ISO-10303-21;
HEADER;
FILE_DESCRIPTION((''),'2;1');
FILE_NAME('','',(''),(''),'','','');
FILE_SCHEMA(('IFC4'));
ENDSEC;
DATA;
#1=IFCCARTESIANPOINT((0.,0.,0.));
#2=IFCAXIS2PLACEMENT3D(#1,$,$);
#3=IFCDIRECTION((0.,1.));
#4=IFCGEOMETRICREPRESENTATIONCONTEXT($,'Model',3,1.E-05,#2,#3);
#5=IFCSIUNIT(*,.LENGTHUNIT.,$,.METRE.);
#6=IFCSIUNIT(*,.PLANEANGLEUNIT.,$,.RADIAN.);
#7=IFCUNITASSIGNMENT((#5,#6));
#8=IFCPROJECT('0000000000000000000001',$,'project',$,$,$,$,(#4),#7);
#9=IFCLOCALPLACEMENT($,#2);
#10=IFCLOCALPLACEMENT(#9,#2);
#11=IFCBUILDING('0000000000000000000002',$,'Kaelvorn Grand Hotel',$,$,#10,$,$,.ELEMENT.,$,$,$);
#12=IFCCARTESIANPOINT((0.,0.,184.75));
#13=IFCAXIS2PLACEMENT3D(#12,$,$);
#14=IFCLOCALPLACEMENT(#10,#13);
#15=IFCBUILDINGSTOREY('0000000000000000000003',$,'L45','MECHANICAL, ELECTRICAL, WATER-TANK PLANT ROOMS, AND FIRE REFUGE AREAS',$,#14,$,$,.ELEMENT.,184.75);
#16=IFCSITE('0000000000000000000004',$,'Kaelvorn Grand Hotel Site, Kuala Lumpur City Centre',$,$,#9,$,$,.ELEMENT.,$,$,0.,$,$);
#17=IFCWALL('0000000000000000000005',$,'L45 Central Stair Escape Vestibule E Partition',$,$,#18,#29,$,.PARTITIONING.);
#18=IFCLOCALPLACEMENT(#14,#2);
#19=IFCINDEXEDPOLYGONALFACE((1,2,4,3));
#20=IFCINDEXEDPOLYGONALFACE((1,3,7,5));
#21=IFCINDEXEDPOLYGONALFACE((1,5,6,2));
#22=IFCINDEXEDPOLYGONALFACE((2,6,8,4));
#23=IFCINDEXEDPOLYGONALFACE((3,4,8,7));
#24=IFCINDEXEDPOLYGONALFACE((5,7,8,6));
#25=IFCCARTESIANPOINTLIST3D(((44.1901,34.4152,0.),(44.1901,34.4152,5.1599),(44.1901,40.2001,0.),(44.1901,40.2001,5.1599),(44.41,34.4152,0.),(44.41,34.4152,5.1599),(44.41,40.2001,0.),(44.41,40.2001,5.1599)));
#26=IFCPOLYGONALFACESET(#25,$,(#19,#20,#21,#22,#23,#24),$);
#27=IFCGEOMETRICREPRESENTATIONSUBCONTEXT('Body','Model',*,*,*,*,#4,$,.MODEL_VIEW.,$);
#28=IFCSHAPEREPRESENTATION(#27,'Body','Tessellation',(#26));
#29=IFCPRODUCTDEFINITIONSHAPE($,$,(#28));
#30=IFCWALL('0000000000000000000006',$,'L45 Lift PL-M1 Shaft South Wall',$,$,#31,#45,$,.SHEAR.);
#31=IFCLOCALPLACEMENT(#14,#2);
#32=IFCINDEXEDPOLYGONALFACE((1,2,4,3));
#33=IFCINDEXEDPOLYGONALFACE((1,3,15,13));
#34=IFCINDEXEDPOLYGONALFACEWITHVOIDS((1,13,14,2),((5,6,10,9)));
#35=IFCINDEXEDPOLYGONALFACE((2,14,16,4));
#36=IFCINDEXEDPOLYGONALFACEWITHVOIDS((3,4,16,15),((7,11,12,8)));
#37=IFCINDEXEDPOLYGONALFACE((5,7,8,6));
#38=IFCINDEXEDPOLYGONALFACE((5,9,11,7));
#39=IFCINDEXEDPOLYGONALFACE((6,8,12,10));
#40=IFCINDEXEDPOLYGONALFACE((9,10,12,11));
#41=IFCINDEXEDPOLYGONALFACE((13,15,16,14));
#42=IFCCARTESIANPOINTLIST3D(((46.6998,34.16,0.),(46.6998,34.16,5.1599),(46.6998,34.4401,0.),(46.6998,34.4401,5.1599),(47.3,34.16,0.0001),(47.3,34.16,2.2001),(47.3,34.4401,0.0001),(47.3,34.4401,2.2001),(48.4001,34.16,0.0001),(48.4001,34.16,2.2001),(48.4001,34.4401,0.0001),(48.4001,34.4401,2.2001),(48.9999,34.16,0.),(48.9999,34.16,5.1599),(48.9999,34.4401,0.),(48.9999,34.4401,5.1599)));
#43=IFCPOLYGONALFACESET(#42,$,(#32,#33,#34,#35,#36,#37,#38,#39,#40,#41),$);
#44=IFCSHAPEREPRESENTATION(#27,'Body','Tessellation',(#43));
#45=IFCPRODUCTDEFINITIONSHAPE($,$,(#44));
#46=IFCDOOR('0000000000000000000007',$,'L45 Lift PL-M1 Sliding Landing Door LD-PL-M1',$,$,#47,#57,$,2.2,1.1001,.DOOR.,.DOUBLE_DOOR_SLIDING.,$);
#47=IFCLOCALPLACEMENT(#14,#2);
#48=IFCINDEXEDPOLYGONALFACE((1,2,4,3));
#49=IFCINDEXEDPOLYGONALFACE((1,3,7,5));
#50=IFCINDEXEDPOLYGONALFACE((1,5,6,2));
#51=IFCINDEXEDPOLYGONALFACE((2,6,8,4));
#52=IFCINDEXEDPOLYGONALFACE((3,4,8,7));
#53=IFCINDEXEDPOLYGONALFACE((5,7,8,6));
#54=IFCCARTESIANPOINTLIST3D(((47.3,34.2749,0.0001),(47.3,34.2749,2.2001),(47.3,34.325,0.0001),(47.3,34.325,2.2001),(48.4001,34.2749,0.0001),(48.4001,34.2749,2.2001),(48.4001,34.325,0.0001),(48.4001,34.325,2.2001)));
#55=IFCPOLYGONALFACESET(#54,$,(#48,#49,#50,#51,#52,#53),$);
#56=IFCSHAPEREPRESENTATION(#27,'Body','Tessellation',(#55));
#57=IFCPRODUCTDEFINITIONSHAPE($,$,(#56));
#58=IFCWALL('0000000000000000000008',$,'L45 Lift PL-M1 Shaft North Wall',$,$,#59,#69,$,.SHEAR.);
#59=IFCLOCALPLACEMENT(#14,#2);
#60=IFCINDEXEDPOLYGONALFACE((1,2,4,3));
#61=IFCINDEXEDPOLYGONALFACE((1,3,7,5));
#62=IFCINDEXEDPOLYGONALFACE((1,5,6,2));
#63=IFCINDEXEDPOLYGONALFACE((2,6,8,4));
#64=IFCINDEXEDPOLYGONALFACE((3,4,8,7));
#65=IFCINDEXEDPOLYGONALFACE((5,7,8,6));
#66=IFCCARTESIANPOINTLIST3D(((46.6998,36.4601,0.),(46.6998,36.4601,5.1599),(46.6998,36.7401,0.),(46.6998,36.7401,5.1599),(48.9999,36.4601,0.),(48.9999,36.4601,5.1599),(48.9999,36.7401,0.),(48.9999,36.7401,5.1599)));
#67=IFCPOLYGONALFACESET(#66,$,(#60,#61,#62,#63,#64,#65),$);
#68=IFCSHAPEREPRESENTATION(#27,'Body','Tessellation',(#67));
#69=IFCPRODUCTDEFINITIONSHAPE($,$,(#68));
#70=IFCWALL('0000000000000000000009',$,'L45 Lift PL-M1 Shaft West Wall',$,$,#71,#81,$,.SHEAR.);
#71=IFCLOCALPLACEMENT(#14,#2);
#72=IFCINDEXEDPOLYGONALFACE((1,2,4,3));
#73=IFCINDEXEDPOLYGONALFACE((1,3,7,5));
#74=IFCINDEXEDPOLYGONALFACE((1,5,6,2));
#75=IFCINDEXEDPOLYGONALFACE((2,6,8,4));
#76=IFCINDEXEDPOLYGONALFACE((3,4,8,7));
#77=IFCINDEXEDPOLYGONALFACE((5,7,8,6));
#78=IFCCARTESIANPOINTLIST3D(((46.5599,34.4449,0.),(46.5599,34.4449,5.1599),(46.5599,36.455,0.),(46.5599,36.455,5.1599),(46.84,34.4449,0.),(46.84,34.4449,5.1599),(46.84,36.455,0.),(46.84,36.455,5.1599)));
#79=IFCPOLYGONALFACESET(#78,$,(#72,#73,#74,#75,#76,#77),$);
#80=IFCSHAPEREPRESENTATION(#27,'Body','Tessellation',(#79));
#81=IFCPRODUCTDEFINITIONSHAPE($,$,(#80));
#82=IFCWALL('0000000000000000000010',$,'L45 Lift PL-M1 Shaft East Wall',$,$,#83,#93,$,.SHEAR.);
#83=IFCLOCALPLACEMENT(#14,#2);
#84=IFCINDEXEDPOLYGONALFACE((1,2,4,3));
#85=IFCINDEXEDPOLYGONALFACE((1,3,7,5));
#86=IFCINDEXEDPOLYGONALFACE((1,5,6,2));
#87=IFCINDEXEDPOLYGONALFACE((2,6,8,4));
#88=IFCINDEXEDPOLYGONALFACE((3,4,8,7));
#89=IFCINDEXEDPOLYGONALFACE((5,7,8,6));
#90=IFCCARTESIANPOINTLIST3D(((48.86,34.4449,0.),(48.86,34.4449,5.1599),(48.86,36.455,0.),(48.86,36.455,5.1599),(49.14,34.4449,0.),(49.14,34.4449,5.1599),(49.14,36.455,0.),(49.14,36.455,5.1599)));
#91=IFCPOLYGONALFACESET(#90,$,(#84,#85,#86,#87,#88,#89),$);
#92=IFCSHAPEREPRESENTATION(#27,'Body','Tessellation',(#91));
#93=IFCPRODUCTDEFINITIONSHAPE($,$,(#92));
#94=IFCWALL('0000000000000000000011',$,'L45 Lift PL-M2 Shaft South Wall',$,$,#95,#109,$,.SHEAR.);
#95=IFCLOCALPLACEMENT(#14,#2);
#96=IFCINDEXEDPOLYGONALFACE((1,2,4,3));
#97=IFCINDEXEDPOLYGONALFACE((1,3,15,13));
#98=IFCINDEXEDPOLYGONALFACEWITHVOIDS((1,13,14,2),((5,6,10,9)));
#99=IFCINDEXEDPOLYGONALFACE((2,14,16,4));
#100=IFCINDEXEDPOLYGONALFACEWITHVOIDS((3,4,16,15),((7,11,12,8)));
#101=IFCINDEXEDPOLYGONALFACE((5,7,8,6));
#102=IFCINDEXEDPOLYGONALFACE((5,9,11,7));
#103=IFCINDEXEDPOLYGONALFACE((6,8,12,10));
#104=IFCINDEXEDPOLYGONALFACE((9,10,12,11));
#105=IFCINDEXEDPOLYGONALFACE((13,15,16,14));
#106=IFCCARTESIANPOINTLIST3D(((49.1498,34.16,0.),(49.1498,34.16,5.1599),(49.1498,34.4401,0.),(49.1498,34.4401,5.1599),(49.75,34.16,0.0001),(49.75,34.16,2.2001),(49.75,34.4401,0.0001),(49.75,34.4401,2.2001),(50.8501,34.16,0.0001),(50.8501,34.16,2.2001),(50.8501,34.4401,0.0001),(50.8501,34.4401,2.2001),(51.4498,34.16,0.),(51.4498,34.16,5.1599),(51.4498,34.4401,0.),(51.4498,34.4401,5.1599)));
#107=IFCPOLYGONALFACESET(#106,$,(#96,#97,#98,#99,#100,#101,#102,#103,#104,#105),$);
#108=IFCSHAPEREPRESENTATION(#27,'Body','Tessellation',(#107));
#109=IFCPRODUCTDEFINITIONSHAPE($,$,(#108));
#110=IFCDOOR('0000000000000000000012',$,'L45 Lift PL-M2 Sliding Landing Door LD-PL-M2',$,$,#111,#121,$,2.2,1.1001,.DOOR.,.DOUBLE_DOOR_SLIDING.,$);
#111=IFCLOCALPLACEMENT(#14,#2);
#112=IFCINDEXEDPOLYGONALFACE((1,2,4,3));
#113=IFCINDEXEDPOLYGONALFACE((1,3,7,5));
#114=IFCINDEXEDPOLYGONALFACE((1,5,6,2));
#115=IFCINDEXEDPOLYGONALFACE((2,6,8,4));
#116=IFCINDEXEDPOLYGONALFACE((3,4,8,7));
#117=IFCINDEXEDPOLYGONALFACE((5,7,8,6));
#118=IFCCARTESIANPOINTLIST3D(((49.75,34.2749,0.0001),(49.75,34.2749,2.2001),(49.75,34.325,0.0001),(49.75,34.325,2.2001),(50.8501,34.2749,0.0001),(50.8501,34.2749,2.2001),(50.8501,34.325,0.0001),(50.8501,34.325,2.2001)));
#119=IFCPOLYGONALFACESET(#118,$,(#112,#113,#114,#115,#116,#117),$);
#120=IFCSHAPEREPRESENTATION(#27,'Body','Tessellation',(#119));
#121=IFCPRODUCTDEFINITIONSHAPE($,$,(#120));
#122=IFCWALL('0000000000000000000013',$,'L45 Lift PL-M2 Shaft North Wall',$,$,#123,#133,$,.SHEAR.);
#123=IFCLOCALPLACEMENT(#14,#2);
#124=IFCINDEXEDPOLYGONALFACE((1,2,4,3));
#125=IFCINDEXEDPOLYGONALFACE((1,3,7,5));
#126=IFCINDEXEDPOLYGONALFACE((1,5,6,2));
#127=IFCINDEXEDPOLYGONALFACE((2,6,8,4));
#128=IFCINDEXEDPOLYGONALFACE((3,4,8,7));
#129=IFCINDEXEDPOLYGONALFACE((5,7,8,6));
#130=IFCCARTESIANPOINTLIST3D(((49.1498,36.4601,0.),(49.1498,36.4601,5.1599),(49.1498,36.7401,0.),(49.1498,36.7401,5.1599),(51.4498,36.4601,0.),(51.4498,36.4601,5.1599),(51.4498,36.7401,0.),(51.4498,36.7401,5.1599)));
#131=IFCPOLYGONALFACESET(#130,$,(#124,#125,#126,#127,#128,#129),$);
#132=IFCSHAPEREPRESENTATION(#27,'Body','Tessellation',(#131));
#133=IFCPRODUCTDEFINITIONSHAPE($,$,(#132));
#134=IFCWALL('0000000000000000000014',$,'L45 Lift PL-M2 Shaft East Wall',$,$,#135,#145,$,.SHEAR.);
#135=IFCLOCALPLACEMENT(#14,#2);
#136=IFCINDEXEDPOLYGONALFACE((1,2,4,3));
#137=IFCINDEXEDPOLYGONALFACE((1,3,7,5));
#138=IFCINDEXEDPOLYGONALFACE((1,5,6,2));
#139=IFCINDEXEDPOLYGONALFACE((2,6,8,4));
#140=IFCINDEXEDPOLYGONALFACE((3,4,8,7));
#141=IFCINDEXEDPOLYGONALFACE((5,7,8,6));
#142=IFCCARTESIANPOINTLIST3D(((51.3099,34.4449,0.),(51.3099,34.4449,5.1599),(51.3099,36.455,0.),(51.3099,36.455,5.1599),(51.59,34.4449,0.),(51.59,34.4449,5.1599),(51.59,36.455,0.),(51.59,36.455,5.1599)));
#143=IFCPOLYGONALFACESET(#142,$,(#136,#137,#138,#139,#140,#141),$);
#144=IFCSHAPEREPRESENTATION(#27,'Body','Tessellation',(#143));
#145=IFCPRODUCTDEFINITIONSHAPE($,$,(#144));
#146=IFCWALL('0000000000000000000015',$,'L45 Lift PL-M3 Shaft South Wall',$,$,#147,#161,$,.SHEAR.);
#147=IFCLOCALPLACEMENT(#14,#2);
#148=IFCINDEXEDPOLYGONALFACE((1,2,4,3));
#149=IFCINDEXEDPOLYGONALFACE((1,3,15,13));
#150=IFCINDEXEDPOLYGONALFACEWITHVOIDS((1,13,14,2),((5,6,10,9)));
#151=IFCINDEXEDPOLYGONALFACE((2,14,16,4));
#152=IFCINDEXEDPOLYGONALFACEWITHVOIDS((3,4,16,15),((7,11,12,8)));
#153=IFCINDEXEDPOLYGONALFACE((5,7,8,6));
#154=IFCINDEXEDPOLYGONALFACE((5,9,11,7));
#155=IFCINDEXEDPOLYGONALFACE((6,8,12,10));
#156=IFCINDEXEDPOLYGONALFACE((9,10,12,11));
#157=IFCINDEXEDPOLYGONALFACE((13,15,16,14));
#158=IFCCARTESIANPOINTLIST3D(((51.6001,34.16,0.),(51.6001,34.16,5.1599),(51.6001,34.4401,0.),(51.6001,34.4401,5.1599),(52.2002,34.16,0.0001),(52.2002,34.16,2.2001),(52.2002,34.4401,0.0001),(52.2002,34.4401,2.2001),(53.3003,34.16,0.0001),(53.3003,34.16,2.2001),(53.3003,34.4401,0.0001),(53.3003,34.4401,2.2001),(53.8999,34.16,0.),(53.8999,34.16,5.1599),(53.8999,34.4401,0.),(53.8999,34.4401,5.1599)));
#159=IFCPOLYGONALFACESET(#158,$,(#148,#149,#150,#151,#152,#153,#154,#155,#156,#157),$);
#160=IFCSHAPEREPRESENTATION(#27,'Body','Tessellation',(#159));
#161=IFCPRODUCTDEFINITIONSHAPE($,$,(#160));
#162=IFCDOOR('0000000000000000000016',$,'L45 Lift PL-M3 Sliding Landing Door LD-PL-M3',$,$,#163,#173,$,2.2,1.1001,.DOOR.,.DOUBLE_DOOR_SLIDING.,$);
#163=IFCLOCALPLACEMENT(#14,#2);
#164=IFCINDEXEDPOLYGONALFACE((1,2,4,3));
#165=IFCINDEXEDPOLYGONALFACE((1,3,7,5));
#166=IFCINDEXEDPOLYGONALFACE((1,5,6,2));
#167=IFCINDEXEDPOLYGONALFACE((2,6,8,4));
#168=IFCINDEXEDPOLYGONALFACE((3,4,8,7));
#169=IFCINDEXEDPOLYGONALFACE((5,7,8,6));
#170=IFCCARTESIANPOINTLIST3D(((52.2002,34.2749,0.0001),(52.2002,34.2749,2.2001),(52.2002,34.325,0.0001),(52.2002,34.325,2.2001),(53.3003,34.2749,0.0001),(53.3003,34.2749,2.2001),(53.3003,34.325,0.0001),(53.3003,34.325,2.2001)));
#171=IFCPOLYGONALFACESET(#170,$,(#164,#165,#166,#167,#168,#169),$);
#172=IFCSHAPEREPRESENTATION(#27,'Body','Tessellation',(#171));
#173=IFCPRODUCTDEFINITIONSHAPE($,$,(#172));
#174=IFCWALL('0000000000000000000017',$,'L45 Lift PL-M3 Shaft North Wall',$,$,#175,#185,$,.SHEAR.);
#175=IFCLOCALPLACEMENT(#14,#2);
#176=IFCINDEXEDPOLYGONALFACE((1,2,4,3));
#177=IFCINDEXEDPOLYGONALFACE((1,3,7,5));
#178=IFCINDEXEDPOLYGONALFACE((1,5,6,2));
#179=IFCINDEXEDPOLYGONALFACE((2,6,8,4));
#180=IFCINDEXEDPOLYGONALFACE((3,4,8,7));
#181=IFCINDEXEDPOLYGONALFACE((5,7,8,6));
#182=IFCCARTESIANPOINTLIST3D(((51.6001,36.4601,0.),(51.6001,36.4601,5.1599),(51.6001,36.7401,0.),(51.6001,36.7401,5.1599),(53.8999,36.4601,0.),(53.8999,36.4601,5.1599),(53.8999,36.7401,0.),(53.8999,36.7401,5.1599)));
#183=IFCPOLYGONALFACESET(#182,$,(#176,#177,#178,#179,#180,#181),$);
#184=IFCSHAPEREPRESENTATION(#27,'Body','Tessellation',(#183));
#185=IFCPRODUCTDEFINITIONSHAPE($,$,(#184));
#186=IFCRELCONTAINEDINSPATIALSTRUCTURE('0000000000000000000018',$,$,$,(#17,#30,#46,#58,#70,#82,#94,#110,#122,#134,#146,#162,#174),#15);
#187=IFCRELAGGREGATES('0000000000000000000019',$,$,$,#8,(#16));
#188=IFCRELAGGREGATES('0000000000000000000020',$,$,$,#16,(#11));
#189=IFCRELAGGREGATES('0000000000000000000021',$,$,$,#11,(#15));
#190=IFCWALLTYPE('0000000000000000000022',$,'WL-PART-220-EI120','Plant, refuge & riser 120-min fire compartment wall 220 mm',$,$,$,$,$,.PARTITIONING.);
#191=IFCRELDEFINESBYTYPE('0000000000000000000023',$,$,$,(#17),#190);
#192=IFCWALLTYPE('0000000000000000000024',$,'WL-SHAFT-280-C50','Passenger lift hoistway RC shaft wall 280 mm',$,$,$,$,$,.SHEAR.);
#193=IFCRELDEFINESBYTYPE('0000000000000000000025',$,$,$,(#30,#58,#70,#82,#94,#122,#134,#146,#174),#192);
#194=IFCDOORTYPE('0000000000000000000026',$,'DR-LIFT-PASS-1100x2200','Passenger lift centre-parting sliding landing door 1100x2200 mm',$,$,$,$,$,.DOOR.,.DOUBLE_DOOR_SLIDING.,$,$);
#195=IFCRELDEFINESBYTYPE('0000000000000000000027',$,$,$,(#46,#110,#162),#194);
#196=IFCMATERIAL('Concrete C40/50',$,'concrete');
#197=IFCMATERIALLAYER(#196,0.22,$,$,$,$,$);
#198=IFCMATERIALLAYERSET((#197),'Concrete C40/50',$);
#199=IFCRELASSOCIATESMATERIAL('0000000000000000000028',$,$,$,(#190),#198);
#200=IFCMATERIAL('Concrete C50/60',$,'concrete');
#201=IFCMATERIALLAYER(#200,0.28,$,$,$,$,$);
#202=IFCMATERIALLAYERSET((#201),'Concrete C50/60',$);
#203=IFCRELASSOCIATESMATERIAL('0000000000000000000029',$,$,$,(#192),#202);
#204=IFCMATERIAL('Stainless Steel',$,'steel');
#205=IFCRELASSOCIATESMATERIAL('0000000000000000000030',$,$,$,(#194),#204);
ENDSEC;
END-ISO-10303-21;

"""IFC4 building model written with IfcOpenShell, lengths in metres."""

from ifc_helpers import new_model, si_unit, direction, frame, frame_2d, origin, place, context, subcontext, project, spatial, rectangle, extrude, material, layer, layer_set, type_object, element, fill, save


model = new_model("IFC4")

# Units and contexts
model_context = context("Model", 3, precision=1e-05, world=origin(), true_north=direction((0.0, 1.0)))
body_context = subcontext(model_context, "Body", "Model", "MODEL_VIEW")
ifc_project = project(units=[si_unit("LENGTHUNIT", "METRE"), si_unit("PLANEANGLEUNIT", "RADIAN")], contexts=[model_context])

# Site, building, storey
site_placement = place(None, origin())
site = spatial("IfcSite", under=ifc_project, at=site_placement, Name="Kaelvorn Grand Hotel Site, Kuala Lumpur City Centre", CompositionType="ELEMENT", RefElevation=0.0)
building_placement = place(site_placement, origin())
building = spatial("IfcBuilding", under=site, at=building_placement, Name="Kaelvorn Grand Hotel", CompositionType="ELEMENT")
storey_placement = place(building_placement, frame((0.0, 0.0, 184.75)))
storey = spatial("IfcBuildingStorey", under=building, at=storey_placement, Name="L45", Description="MECHANICAL, ELECTRICAL, WATER-TANK PLANT ROOMS, AND FIRE REFUGE AREAS", CompositionType="ELEMENT", Elevation=184.75)

# Wall
ifc_material_1 = material(Name="Concrete C40/50", Category="concrete")
ifc_layer_1 = layer(ifc_material_1, 0.22)
ifc_layer_set_1 = layer_set([ifc_layer_1], Name="Concrete C40/50")
wall_type_1 = type_object("IfcWallType", Name="WL-PART-220-EI120", Description="Plant, refuge & riser 120-min fire compartment wall 220 mm", PredefinedType="PARTITIONING", material=ifc_layer_set_1)
wall_1_placement = place(storey_placement, frame((44.3, 34.415, 0.0), z_axis=(0.0, 0.0, 1.0), x_axis=(0.0, 1.0, 0.0)))
element("IfcWall", 1, at=wall_1_placement, inside=storey, type_object=wall_type_1, Name="L45 Central Stair Escape Vestibule E Partition", PredefinedType="PARTITIONING", context=body_context, shape_type="SweptSolid", body=[
    extrude(rectangle(XDim=5.7849, YDim=0.22, at=frame_2d((2.8926, 0.0))), origin(), (0.0, 0.0, 1.0), 5.1599),
])

# Wall, opening, door
ifc_material_2 = material(Name="Concrete C50/60", Category="concrete")
ifc_layer_2 = layer(ifc_material_2, 0.28)
ifc_layer_set_2 = layer_set([ifc_layer_2], Name="Concrete C50/60")
wall_type_2 = type_object("IfcWallType", Name="WL-SHAFT-280-C50", Description="Passenger lift hoistway RC shaft wall 280 mm", PredefinedType="SHEAR", material=ifc_layer_set_2)
wall_2_placement = place(storey_placement, frame((46.7, 34.3, 0.0), z_axis=(0.0, 0.0, 1.0), x_axis=(1.0, 0.0, 0.0)))
wall_2 = element("IfcWall", 2, at=wall_2_placement, inside=storey, type_object=wall_type_2, Name="L45 Lift PL-M1 Shaft South Wall", PredefinedType="SHEAR", context=body_context, shape_type="SweptSolid", body=[
    extrude(rectangle(XDim=2.3, YDim=0.28, at=frame_2d((1.1499, 0.0))), origin(), (0.0, 0.0, 1.0), 5.1599),
])
opening_1_placement = place(wall_2_placement, frame((0.6001, 0.0, 0.0)))
opening_1 = element("IfcOpeningElement", 3, at=opening_1_placement, cuts=wall_2, PredefinedType="OPENING", context=body_context, shape_type="SweptSolid", body=[
    extrude(rectangle(XDim=1.1001, YDim=2.2, at=frame_2d((0.55, 1.1001))), frame((0.0, 0.1499, 0.0), z_axis=(0.0, -1.0, 0.0), x_axis=(1.0, 0.0, 0.0)), (0.0, 0.0, 1.0), 0.3),
])
ifc_material_3 = material(Name="Stainless Steel", Category="steel")
door_type = type_object("IfcDoorType", Name="DR-LIFT-PASS-1100x2200", Description="Passenger lift centre-parting sliding landing door 1100x2200 mm", OperationType="DOUBLE_DOOR_SLIDING", PredefinedType="DOOR", material=ifc_material_3)
door_1_placement = place(opening_1_placement, origin())
door_1 = element("IfcDoor", 4, at=door_1_placement, inside=storey, type_object=door_type, Name="L45 Lift PL-M1 Sliding Landing Door LD-PL-M1", OperationType="DOUBLE_DOOR_SLIDING", OverallHeight=2.2, OverallWidth=1.1001, PredefinedType="DOOR", context=body_context, shape_type="SweptSolid", body=[
    extrude(rectangle(XDim=1.1001, YDim=2.2, at=frame_2d((0.55, 1.1001))), frame((0.0, 0.0249, 0.0), z_axis=(0.0, -1.0, 0.0), x_axis=(1.0, 0.0, 0.0)), (0.0, 0.0, 1.0), 0.05),
])
fill(opening_1, door_1)

# Walls
wall_3_placement = place(storey_placement, frame((46.7, 36.6001, 0.0), z_axis=(0.0, 0.0, 1.0), x_axis=(1.0, 0.0, 0.0)))
element("IfcWall", 5, at=wall_3_placement, inside=storey, type_object=wall_type_2, Name="L45 Lift PL-M1 Shaft North Wall", PredefinedType="SHEAR", context=body_context, shape_type="SweptSolid", body=[
    extrude(rectangle(XDim=2.3, YDim=0.28, at=frame_2d((1.1499, 0.0))), origin(), (0.0, 0.0, 1.0), 5.1599),
])
for number, where, z_axis, x_axis, name in (
    (6, (46.7, 34.4451, 0.0), (0.0, 0.0, 1.0), (0.0, 1.0, 0.0), "L45 Lift PL-M1 Shaft West Wall"),
    (7, (49.0, 34.4451, 0.0), (0.0, 0.0, 1.0), (0.0, 1.0, 0.0), "L45 Lift PL-M1 Shaft East Wall"),
):
    element("IfcWall", number, at=place(storey_placement, frame(where, z_axis=z_axis, x_axis=x_axis)), inside=storey, type_object=wall_type_2, Name=name, PredefinedType="SHEAR", context=body_context, shape_type="SweptSolid", body=[
        extrude(rectangle(XDim=2.01, YDim=0.28, at=frame_2d((1.0049, 0.0))), origin(), (0.0, 0.0, 1.0), 5.1599),
    ])

# Wall, opening, door
wall_4_placement = place(storey_placement, frame((49.1499, 34.3, 0.0), z_axis=(0.0, 0.0, 1.0), x_axis=(1.0, 0.0, 0.0)))
wall_4 = element("IfcWall", 8, at=wall_4_placement, inside=storey, type_object=wall_type_2, Name="L45 Lift PL-M2 Shaft South Wall", PredefinedType="SHEAR", context=body_context, shape_type="SweptSolid", body=[
    extrude(rectangle(XDim=2.3, YDim=0.28, at=frame_2d((1.1499, 0.0))), origin(), (0.0, 0.0, 1.0), 5.1599),
])
opening_2_placement = place(wall_4_placement, frame((0.6001, 0.0, 0.0)))
opening_2 = element("IfcOpeningElement", 9, at=opening_2_placement, cuts=wall_4, PredefinedType="OPENING", context=body_context, shape_type="SweptSolid", body=[
    extrude(rectangle(XDim=1.1001, YDim=2.2, at=frame_2d((0.55, 1.1001))), frame((0.0, 0.1499, 0.0), z_axis=(0.0, -1.0, 0.0), x_axis=(1.0, 0.0, 0.0)), (0.0, 0.0, 1.0), 0.3),
])
door_2_placement = place(opening_2_placement, origin())
door_2 = element("IfcDoor", 10, at=door_2_placement, inside=storey, type_object=door_type, Name="L45 Lift PL-M2 Sliding Landing Door LD-PL-M2", OperationType="DOUBLE_DOOR_SLIDING", OverallHeight=2.2, OverallWidth=1.1001, PredefinedType="DOOR", context=body_context, shape_type="SweptSolid", body=[
    extrude(rectangle(XDim=1.1001, YDim=2.2, at=frame_2d((0.55, 1.1001))), frame((0.0, 0.0249, 0.0), z_axis=(0.0, -1.0, 0.0), x_axis=(1.0, 0.0, 0.0)), (0.0, 0.0, 1.0), 0.05),
])
fill(opening_2, door_2)

# Walls
wall_5_placement = place(storey_placement, frame((49.1499, 36.6001, 0.0), z_axis=(0.0, 0.0, 1.0), x_axis=(1.0, 0.0, 0.0)))
element("IfcWall", 11, at=wall_5_placement, inside=storey, type_object=wall_type_2, Name="L45 Lift PL-M2 Shaft North Wall", PredefinedType="SHEAR", context=body_context, shape_type="SweptSolid", body=[
    extrude(rectangle(XDim=2.3, YDim=0.28, at=frame_2d((1.1499, 0.0))), origin(), (0.0, 0.0, 1.0), 5.1599),
])
wall_6_placement = place(storey_placement, frame((51.45, 34.4451, 0.0), z_axis=(0.0, 0.0, 1.0), x_axis=(0.0, 1.0, 0.0)))
element("IfcWall", 12, at=wall_6_placement, inside=storey, type_object=wall_type_2, Name="L45 Lift PL-M2 Shaft East Wall", PredefinedType="SHEAR", context=body_context, shape_type="SweptSolid", body=[
    extrude(rectangle(XDim=2.01, YDim=0.28, at=frame_2d((1.0049, 0.0))), origin(), (0.0, 0.0, 1.0), 5.1599),
])

# Wall, opening, door
wall_7_placement = place(storey_placement, frame((51.6001, 34.3, 0.0), z_axis=(0.0, 0.0, 1.0), x_axis=(1.0, 0.0, 0.0)))
wall_7 = element("IfcWall", 13, at=wall_7_placement, inside=storey, type_object=wall_type_2, Name="L45 Lift PL-M3 Shaft South Wall", PredefinedType="SHEAR", context=body_context, shape_type="SweptSolid", body=[
    extrude(rectangle(XDim=2.2998, YDim=0.28, at=frame_2d((1.1499, 0.0))), origin(), (0.0, 0.0, 1.0), 5.1599),
])
opening_3_placement = place(wall_7_placement, frame((0.6001, 0.0, 0.0)))
opening_3 = element("IfcOpeningElement", 14, at=opening_3_placement, cuts=wall_7, PredefinedType="OPENING", context=body_context, shape_type="SweptSolid", body=[
    extrude(rectangle(XDim=1.1001, YDim=2.2, at=frame_2d((0.55, 1.1001))), frame((0.0, 0.1499, 0.0), z_axis=(0.0, -1.0, 0.0), x_axis=(1.0, 0.0, 0.0)), (0.0, 0.0, 1.0), 0.3),
])
door_3_placement = place(opening_3_placement, origin())
door_3 = element("IfcDoor", 15, at=door_3_placement, inside=storey, type_object=door_type, Name="L45 Lift PL-M3 Sliding Landing Door LD-PL-M3", OperationType="DOUBLE_DOOR_SLIDING", OverallHeight=2.2, OverallWidth=1.1001, PredefinedType="DOOR", context=body_context, shape_type="SweptSolid", body=[
    extrude(rectangle(XDim=1.1001, YDim=2.2, at=frame_2d((0.55, 1.1001))), frame((0.0, 0.0249, 0.0), z_axis=(0.0, -1.0, 0.0), x_axis=(1.0, 0.0, 0.0)), (0.0, 0.0, 1.0), 0.05),
])
fill(opening_3, door_3)

# Wall
wall_8_placement = place(storey_placement, frame((51.6001, 36.6001, 0.0), z_axis=(0.0, 0.0, 1.0), x_axis=(1.0, 0.0, 0.0)))
element("IfcWall", 16, at=wall_8_placement, inside=storey, type_object=wall_type_2, Name="L45 Lift PL-M3 Shaft North Wall", PredefinedType="SHEAR", context=body_context, shape_type="SweptSolid", body=[
    extrude(rectangle(XDim=2.2998, YDim=0.28, at=frame_2d((1.1499, 0.0))), origin(), (0.0, 0.0, 1.0), 5.1599),
])

save(model, "model.ifc")
